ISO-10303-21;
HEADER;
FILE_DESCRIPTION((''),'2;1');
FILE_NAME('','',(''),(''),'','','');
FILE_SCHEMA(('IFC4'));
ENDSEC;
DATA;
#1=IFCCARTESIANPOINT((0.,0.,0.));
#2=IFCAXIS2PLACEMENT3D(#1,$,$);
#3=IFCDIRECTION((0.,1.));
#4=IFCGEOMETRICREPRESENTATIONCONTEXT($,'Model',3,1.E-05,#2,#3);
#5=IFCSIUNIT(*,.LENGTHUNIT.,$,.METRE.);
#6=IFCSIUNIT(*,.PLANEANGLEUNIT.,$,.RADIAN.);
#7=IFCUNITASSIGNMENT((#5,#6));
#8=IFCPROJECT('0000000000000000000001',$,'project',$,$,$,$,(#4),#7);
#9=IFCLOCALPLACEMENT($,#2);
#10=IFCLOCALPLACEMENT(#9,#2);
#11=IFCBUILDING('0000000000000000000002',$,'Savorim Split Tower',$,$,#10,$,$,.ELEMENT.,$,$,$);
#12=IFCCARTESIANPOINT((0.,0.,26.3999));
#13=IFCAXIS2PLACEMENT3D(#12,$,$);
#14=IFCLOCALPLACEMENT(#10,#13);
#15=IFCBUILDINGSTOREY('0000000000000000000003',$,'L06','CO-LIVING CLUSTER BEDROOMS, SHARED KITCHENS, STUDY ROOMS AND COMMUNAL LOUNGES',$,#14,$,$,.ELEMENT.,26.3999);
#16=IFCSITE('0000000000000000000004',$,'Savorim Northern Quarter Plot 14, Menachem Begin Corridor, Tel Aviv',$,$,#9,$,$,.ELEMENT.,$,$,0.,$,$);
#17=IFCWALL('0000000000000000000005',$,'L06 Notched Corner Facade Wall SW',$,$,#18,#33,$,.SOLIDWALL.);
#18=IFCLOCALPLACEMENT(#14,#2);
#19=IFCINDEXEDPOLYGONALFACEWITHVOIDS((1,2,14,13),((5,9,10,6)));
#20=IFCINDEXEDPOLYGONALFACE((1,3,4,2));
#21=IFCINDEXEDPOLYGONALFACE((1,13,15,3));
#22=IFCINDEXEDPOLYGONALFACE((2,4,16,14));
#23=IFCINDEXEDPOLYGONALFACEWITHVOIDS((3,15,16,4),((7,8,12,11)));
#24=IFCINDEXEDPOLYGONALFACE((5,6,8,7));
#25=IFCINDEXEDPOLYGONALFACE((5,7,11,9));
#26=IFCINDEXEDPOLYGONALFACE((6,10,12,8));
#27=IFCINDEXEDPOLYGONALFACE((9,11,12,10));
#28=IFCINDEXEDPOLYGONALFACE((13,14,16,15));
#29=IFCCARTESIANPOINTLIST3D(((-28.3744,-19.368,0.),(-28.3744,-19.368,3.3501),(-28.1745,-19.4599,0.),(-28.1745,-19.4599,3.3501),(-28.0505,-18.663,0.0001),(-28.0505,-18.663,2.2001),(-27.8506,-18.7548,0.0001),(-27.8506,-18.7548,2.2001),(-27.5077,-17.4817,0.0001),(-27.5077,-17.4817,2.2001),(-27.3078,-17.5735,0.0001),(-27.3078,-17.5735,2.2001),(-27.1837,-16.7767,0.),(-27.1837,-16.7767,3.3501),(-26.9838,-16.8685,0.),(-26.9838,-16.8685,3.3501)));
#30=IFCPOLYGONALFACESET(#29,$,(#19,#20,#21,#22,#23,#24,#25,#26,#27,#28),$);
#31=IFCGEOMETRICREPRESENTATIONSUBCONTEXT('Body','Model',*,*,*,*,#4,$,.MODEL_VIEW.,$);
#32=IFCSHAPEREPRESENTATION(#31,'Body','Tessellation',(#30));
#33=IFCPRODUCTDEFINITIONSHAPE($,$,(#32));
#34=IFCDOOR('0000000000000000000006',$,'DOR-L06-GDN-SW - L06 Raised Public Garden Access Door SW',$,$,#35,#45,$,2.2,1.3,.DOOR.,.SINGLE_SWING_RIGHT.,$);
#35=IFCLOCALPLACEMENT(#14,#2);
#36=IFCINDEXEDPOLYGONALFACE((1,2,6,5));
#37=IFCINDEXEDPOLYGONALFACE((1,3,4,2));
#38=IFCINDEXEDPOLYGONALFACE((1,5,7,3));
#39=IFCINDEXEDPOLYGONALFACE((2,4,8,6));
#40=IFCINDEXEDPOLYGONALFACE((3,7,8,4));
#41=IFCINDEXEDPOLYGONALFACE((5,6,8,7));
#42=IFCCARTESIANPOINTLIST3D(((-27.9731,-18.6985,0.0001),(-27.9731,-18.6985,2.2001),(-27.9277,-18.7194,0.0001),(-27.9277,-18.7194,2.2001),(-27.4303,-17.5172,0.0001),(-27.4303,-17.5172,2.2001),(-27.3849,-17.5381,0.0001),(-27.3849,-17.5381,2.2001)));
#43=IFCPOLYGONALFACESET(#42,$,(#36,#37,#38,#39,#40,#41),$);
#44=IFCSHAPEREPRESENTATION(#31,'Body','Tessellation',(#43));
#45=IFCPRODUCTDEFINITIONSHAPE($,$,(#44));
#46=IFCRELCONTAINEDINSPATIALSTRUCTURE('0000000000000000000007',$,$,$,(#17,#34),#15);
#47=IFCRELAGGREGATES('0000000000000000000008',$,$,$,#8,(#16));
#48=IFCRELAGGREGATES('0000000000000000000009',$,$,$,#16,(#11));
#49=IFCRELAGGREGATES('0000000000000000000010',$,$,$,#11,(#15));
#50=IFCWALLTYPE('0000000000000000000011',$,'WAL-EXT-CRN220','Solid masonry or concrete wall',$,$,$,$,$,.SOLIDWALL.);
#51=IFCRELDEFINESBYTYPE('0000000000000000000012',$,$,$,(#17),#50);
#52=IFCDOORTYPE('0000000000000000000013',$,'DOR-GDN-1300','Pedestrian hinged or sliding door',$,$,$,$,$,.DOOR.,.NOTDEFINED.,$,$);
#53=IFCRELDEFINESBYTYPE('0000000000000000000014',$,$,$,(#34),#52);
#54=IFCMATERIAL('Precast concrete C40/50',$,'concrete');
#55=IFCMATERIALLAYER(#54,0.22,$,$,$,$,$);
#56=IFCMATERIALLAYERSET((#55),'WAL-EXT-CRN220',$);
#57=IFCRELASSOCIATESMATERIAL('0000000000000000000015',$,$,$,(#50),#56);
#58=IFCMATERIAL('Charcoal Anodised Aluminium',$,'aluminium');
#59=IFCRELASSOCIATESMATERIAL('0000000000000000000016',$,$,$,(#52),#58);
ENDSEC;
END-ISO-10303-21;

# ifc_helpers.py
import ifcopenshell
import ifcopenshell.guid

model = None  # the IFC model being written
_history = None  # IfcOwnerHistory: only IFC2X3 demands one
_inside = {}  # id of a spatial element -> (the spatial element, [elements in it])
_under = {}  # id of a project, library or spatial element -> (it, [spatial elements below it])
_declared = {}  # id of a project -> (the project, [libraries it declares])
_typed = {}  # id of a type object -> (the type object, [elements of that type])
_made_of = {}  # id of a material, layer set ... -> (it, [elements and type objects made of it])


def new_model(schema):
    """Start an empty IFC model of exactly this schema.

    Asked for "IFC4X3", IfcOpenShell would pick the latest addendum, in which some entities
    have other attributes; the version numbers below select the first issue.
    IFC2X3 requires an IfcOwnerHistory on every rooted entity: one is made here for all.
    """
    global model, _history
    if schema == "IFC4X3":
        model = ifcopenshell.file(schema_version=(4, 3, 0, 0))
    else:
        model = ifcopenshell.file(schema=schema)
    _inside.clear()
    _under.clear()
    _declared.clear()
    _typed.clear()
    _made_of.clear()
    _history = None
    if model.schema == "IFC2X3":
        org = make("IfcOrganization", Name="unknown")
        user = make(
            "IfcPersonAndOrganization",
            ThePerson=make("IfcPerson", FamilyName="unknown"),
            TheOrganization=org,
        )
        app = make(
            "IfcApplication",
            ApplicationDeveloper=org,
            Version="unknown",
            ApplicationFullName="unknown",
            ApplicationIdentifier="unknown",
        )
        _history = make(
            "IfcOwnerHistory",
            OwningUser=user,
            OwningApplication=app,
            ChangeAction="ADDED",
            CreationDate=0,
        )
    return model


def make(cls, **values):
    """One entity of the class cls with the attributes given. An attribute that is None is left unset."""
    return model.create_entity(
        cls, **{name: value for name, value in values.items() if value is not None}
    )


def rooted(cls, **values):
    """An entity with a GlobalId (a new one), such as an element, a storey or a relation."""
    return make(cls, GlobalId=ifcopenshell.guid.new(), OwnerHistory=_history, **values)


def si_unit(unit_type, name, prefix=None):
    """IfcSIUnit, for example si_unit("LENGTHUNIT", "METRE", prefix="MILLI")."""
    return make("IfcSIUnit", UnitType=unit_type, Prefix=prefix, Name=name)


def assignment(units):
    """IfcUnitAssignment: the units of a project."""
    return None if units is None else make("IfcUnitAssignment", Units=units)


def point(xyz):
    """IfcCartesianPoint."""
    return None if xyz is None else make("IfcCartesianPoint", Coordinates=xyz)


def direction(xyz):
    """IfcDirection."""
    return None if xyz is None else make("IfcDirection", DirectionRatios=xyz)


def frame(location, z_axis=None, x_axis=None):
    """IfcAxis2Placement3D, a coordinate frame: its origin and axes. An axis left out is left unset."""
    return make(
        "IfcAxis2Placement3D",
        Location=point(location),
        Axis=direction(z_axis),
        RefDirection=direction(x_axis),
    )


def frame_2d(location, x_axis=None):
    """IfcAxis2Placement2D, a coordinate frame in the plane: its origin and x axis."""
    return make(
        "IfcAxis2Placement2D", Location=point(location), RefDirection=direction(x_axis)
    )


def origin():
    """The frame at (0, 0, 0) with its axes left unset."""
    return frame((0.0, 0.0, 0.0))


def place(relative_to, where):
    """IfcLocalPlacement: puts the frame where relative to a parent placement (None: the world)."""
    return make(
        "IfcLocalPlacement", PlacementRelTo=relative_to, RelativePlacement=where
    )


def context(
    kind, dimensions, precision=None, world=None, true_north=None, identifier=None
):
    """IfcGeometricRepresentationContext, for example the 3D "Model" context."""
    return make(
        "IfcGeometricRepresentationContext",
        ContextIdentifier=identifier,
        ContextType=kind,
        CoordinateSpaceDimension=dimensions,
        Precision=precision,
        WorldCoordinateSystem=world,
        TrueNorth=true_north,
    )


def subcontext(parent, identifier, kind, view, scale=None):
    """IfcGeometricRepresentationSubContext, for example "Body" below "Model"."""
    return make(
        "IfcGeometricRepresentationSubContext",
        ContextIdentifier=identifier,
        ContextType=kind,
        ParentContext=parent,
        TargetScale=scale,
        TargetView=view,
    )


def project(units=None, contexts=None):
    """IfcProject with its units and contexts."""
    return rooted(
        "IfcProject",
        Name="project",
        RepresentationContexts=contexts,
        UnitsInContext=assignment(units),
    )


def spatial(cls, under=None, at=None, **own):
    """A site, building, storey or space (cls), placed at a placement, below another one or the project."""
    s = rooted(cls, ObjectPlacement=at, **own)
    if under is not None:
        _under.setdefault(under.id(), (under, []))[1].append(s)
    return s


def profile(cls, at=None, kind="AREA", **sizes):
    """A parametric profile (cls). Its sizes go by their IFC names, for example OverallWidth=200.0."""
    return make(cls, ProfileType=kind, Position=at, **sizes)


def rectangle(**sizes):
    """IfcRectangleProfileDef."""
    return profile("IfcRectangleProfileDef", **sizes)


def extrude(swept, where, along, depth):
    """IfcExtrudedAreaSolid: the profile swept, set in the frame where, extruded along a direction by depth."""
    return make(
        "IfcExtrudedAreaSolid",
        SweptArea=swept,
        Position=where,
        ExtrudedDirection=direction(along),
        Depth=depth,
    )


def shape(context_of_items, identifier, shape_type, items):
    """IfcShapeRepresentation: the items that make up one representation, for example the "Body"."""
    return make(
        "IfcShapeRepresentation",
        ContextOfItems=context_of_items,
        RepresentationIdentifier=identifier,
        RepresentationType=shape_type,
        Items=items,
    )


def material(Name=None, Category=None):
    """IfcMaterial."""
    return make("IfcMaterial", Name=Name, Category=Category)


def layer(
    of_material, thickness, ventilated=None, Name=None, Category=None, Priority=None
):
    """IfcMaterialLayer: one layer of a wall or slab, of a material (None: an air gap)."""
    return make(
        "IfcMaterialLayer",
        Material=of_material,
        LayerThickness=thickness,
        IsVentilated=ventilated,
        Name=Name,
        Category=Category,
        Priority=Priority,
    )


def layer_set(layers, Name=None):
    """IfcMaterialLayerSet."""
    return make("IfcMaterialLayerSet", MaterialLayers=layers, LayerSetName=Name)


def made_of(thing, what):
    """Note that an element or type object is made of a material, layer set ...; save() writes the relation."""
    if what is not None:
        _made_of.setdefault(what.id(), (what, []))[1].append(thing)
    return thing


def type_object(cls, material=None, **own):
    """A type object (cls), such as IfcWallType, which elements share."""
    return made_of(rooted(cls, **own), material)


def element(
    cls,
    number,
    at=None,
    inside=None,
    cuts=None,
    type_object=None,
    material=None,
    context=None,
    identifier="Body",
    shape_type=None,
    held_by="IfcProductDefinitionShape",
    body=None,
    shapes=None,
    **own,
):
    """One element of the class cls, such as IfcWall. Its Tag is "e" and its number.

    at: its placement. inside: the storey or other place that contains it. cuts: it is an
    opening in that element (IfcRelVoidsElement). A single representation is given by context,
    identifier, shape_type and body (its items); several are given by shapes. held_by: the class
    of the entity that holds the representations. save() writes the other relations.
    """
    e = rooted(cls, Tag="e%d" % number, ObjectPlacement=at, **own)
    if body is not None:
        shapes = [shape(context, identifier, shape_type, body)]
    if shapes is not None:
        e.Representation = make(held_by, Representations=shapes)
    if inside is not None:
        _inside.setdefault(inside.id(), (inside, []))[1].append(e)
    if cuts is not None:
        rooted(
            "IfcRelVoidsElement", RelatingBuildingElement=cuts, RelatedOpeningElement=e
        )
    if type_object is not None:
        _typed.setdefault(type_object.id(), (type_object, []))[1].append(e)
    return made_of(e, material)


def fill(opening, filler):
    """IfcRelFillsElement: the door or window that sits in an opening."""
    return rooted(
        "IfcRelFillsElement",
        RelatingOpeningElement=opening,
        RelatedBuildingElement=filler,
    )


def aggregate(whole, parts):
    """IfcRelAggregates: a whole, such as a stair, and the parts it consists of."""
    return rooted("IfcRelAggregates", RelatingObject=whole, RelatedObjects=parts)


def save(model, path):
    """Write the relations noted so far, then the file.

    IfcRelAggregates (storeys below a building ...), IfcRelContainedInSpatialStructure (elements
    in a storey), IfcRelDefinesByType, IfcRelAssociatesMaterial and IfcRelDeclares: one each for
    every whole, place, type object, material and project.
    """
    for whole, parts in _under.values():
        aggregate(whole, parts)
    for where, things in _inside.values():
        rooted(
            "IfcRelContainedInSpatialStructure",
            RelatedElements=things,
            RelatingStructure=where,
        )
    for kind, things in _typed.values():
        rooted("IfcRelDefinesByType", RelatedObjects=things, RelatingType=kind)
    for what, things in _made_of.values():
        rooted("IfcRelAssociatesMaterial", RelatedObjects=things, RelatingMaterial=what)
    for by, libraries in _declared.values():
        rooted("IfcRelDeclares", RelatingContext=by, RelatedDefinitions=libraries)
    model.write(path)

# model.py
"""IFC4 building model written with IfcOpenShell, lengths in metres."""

from ifc_helpers import new_model, si_unit, direction, frame, frame_2d, origin, place, context, subcontext, project, spatial, rectangle, extrude, material, layer, layer_set, type_object, element, fill, save


model = new_model("IFC4")

# Units and contexts
model_context = context("Model", 3, precision=1e-05, world=origin(), true_north=direction((0.0, 1.0)))
body_context = subcontext(model_context, "Body", "Model", "MODEL_VIEW")
ifc_project = project(units=[si_unit("LENGTHUNIT", "METRE"), si_unit("PLANEANGLEUNIT", "RADIAN")], contexts=[model_context])

# Site, building, storey
site_placement = place(None, origin())
site = spatial("IfcSite", under=ifc_project, at=site_placement, Name="Savorim Northern Quarter Plot 14, Menachem Begin Corridor, Tel Aviv", CompositionType="ELEMENT", RefElevation=0.0)
building_placement = place(site_placement, origin())
building = spatial("IfcBuilding", under=site, at=building_placement, Name="Savorim Split Tower", CompositionType="ELEMENT")
storey_placement = place(building_placement, frame((0.0, 0.0, 26.3999)))
storey = spatial("IfcBuildingStorey", under=building, at=storey_placement, Name="L06", Description="CO-LIVING CLUSTER BEDROOMS, SHARED KITCHENS, STUDY ROOMS AND COMMUNAL LOUNGES", CompositionType="ELEMENT", Elevation=26.3999)

# Shared definitions
ifc_material_1 = material(Name="Charcoal Anodised Aluminium", Category="aluminium")

# Shared definitions
ifc_material_2 = material(Name="Precast concrete C40/50", Category="concrete")
ifc_layer_1 = layer(ifc_material_2, 0.22)
ifc_layer_set_1 = layer_set([ifc_layer_1], Name="WAL-EXT-CRN220")
wall_type = type_object("IfcWallType", Name="WAL-EXT-CRN220", Description="Solid masonry or concrete wall", PredefinedType="SOLIDWALL", material=ifc_layer_set_1)

# Wall, opening, door
wall_1_placement = place(storey_placement, frame((-28.2744, -19.4138, 0.0), z_axis=(0.0, 0.0, 1.0), x_axis=(0.417521, 0.908667, 0.0)))
wall_1 = element("IfcWall", 1, at=wall_1_placement, inside=storey, type_object=wall_type, Name="L06 Notched Corner Facade Wall SW", PredefinedType="SOLIDWALL", context=body_context, shape_type="SweptSolid", body=[
    extrude(rectangle(XDim=2.8518, YDim=0.22, at=frame_2d((1.4258, 0.0))), origin(), (0.0, 0.0, 1.0), 3.3501),
])
opening_placement = place(wall_1_placement, frame((0.7759, 0.0, 0.0)))
opening = element("IfcOpeningElement", 2, at=opening_placement, cuts=wall_1, PredefinedType="OPENING", context=body_context, shape_type="SweptSolid", body=[
    extrude(rectangle(XDim=1.3, YDim=2.2, at=frame_2d((0.6499, 1.1001))), frame((0.0, 0.1199, 0.0), z_axis=(0.0, -1.0, 0.0), x_axis=(1.0, 0.0, 0.0)), (0.0, 0.0, 1.0), 0.24),
])
door_type = type_object("IfcDoorType", Name="DOR-GDN-1300", Description="Pedestrian hinged or sliding door", OperationType="NOTDEFINED", PredefinedType="DOOR", material=ifc_material_1)
door_placement = place(opening_placement, origin())
door = element("IfcDoor", 3, at=door_placement, inside=storey, type_object=door_type, Name="DOR-L06-GDN-SW - L06 Raised Public Garden Access Door SW", OperationType="SINGLE_SWING_RIGHT", OverallHeight=2.2, OverallWidth=1.3, PredefinedType="DOOR", context=body_context, shape_type="SweptSolid", body=[
    extrude(rectangle(XDim=1.3, YDim=2.2, at=frame_2d((0.6499, 1.1001))), frame((0.0, 0.0249, 0.0), z_axis=(0.0, -1.0, 0.0), x_axis=(1.0, 0.0, 0.0)), (0.0, 0.0, 1.0), 0.05),
])
fill(opening, door)

save(model, "model.ifc")
